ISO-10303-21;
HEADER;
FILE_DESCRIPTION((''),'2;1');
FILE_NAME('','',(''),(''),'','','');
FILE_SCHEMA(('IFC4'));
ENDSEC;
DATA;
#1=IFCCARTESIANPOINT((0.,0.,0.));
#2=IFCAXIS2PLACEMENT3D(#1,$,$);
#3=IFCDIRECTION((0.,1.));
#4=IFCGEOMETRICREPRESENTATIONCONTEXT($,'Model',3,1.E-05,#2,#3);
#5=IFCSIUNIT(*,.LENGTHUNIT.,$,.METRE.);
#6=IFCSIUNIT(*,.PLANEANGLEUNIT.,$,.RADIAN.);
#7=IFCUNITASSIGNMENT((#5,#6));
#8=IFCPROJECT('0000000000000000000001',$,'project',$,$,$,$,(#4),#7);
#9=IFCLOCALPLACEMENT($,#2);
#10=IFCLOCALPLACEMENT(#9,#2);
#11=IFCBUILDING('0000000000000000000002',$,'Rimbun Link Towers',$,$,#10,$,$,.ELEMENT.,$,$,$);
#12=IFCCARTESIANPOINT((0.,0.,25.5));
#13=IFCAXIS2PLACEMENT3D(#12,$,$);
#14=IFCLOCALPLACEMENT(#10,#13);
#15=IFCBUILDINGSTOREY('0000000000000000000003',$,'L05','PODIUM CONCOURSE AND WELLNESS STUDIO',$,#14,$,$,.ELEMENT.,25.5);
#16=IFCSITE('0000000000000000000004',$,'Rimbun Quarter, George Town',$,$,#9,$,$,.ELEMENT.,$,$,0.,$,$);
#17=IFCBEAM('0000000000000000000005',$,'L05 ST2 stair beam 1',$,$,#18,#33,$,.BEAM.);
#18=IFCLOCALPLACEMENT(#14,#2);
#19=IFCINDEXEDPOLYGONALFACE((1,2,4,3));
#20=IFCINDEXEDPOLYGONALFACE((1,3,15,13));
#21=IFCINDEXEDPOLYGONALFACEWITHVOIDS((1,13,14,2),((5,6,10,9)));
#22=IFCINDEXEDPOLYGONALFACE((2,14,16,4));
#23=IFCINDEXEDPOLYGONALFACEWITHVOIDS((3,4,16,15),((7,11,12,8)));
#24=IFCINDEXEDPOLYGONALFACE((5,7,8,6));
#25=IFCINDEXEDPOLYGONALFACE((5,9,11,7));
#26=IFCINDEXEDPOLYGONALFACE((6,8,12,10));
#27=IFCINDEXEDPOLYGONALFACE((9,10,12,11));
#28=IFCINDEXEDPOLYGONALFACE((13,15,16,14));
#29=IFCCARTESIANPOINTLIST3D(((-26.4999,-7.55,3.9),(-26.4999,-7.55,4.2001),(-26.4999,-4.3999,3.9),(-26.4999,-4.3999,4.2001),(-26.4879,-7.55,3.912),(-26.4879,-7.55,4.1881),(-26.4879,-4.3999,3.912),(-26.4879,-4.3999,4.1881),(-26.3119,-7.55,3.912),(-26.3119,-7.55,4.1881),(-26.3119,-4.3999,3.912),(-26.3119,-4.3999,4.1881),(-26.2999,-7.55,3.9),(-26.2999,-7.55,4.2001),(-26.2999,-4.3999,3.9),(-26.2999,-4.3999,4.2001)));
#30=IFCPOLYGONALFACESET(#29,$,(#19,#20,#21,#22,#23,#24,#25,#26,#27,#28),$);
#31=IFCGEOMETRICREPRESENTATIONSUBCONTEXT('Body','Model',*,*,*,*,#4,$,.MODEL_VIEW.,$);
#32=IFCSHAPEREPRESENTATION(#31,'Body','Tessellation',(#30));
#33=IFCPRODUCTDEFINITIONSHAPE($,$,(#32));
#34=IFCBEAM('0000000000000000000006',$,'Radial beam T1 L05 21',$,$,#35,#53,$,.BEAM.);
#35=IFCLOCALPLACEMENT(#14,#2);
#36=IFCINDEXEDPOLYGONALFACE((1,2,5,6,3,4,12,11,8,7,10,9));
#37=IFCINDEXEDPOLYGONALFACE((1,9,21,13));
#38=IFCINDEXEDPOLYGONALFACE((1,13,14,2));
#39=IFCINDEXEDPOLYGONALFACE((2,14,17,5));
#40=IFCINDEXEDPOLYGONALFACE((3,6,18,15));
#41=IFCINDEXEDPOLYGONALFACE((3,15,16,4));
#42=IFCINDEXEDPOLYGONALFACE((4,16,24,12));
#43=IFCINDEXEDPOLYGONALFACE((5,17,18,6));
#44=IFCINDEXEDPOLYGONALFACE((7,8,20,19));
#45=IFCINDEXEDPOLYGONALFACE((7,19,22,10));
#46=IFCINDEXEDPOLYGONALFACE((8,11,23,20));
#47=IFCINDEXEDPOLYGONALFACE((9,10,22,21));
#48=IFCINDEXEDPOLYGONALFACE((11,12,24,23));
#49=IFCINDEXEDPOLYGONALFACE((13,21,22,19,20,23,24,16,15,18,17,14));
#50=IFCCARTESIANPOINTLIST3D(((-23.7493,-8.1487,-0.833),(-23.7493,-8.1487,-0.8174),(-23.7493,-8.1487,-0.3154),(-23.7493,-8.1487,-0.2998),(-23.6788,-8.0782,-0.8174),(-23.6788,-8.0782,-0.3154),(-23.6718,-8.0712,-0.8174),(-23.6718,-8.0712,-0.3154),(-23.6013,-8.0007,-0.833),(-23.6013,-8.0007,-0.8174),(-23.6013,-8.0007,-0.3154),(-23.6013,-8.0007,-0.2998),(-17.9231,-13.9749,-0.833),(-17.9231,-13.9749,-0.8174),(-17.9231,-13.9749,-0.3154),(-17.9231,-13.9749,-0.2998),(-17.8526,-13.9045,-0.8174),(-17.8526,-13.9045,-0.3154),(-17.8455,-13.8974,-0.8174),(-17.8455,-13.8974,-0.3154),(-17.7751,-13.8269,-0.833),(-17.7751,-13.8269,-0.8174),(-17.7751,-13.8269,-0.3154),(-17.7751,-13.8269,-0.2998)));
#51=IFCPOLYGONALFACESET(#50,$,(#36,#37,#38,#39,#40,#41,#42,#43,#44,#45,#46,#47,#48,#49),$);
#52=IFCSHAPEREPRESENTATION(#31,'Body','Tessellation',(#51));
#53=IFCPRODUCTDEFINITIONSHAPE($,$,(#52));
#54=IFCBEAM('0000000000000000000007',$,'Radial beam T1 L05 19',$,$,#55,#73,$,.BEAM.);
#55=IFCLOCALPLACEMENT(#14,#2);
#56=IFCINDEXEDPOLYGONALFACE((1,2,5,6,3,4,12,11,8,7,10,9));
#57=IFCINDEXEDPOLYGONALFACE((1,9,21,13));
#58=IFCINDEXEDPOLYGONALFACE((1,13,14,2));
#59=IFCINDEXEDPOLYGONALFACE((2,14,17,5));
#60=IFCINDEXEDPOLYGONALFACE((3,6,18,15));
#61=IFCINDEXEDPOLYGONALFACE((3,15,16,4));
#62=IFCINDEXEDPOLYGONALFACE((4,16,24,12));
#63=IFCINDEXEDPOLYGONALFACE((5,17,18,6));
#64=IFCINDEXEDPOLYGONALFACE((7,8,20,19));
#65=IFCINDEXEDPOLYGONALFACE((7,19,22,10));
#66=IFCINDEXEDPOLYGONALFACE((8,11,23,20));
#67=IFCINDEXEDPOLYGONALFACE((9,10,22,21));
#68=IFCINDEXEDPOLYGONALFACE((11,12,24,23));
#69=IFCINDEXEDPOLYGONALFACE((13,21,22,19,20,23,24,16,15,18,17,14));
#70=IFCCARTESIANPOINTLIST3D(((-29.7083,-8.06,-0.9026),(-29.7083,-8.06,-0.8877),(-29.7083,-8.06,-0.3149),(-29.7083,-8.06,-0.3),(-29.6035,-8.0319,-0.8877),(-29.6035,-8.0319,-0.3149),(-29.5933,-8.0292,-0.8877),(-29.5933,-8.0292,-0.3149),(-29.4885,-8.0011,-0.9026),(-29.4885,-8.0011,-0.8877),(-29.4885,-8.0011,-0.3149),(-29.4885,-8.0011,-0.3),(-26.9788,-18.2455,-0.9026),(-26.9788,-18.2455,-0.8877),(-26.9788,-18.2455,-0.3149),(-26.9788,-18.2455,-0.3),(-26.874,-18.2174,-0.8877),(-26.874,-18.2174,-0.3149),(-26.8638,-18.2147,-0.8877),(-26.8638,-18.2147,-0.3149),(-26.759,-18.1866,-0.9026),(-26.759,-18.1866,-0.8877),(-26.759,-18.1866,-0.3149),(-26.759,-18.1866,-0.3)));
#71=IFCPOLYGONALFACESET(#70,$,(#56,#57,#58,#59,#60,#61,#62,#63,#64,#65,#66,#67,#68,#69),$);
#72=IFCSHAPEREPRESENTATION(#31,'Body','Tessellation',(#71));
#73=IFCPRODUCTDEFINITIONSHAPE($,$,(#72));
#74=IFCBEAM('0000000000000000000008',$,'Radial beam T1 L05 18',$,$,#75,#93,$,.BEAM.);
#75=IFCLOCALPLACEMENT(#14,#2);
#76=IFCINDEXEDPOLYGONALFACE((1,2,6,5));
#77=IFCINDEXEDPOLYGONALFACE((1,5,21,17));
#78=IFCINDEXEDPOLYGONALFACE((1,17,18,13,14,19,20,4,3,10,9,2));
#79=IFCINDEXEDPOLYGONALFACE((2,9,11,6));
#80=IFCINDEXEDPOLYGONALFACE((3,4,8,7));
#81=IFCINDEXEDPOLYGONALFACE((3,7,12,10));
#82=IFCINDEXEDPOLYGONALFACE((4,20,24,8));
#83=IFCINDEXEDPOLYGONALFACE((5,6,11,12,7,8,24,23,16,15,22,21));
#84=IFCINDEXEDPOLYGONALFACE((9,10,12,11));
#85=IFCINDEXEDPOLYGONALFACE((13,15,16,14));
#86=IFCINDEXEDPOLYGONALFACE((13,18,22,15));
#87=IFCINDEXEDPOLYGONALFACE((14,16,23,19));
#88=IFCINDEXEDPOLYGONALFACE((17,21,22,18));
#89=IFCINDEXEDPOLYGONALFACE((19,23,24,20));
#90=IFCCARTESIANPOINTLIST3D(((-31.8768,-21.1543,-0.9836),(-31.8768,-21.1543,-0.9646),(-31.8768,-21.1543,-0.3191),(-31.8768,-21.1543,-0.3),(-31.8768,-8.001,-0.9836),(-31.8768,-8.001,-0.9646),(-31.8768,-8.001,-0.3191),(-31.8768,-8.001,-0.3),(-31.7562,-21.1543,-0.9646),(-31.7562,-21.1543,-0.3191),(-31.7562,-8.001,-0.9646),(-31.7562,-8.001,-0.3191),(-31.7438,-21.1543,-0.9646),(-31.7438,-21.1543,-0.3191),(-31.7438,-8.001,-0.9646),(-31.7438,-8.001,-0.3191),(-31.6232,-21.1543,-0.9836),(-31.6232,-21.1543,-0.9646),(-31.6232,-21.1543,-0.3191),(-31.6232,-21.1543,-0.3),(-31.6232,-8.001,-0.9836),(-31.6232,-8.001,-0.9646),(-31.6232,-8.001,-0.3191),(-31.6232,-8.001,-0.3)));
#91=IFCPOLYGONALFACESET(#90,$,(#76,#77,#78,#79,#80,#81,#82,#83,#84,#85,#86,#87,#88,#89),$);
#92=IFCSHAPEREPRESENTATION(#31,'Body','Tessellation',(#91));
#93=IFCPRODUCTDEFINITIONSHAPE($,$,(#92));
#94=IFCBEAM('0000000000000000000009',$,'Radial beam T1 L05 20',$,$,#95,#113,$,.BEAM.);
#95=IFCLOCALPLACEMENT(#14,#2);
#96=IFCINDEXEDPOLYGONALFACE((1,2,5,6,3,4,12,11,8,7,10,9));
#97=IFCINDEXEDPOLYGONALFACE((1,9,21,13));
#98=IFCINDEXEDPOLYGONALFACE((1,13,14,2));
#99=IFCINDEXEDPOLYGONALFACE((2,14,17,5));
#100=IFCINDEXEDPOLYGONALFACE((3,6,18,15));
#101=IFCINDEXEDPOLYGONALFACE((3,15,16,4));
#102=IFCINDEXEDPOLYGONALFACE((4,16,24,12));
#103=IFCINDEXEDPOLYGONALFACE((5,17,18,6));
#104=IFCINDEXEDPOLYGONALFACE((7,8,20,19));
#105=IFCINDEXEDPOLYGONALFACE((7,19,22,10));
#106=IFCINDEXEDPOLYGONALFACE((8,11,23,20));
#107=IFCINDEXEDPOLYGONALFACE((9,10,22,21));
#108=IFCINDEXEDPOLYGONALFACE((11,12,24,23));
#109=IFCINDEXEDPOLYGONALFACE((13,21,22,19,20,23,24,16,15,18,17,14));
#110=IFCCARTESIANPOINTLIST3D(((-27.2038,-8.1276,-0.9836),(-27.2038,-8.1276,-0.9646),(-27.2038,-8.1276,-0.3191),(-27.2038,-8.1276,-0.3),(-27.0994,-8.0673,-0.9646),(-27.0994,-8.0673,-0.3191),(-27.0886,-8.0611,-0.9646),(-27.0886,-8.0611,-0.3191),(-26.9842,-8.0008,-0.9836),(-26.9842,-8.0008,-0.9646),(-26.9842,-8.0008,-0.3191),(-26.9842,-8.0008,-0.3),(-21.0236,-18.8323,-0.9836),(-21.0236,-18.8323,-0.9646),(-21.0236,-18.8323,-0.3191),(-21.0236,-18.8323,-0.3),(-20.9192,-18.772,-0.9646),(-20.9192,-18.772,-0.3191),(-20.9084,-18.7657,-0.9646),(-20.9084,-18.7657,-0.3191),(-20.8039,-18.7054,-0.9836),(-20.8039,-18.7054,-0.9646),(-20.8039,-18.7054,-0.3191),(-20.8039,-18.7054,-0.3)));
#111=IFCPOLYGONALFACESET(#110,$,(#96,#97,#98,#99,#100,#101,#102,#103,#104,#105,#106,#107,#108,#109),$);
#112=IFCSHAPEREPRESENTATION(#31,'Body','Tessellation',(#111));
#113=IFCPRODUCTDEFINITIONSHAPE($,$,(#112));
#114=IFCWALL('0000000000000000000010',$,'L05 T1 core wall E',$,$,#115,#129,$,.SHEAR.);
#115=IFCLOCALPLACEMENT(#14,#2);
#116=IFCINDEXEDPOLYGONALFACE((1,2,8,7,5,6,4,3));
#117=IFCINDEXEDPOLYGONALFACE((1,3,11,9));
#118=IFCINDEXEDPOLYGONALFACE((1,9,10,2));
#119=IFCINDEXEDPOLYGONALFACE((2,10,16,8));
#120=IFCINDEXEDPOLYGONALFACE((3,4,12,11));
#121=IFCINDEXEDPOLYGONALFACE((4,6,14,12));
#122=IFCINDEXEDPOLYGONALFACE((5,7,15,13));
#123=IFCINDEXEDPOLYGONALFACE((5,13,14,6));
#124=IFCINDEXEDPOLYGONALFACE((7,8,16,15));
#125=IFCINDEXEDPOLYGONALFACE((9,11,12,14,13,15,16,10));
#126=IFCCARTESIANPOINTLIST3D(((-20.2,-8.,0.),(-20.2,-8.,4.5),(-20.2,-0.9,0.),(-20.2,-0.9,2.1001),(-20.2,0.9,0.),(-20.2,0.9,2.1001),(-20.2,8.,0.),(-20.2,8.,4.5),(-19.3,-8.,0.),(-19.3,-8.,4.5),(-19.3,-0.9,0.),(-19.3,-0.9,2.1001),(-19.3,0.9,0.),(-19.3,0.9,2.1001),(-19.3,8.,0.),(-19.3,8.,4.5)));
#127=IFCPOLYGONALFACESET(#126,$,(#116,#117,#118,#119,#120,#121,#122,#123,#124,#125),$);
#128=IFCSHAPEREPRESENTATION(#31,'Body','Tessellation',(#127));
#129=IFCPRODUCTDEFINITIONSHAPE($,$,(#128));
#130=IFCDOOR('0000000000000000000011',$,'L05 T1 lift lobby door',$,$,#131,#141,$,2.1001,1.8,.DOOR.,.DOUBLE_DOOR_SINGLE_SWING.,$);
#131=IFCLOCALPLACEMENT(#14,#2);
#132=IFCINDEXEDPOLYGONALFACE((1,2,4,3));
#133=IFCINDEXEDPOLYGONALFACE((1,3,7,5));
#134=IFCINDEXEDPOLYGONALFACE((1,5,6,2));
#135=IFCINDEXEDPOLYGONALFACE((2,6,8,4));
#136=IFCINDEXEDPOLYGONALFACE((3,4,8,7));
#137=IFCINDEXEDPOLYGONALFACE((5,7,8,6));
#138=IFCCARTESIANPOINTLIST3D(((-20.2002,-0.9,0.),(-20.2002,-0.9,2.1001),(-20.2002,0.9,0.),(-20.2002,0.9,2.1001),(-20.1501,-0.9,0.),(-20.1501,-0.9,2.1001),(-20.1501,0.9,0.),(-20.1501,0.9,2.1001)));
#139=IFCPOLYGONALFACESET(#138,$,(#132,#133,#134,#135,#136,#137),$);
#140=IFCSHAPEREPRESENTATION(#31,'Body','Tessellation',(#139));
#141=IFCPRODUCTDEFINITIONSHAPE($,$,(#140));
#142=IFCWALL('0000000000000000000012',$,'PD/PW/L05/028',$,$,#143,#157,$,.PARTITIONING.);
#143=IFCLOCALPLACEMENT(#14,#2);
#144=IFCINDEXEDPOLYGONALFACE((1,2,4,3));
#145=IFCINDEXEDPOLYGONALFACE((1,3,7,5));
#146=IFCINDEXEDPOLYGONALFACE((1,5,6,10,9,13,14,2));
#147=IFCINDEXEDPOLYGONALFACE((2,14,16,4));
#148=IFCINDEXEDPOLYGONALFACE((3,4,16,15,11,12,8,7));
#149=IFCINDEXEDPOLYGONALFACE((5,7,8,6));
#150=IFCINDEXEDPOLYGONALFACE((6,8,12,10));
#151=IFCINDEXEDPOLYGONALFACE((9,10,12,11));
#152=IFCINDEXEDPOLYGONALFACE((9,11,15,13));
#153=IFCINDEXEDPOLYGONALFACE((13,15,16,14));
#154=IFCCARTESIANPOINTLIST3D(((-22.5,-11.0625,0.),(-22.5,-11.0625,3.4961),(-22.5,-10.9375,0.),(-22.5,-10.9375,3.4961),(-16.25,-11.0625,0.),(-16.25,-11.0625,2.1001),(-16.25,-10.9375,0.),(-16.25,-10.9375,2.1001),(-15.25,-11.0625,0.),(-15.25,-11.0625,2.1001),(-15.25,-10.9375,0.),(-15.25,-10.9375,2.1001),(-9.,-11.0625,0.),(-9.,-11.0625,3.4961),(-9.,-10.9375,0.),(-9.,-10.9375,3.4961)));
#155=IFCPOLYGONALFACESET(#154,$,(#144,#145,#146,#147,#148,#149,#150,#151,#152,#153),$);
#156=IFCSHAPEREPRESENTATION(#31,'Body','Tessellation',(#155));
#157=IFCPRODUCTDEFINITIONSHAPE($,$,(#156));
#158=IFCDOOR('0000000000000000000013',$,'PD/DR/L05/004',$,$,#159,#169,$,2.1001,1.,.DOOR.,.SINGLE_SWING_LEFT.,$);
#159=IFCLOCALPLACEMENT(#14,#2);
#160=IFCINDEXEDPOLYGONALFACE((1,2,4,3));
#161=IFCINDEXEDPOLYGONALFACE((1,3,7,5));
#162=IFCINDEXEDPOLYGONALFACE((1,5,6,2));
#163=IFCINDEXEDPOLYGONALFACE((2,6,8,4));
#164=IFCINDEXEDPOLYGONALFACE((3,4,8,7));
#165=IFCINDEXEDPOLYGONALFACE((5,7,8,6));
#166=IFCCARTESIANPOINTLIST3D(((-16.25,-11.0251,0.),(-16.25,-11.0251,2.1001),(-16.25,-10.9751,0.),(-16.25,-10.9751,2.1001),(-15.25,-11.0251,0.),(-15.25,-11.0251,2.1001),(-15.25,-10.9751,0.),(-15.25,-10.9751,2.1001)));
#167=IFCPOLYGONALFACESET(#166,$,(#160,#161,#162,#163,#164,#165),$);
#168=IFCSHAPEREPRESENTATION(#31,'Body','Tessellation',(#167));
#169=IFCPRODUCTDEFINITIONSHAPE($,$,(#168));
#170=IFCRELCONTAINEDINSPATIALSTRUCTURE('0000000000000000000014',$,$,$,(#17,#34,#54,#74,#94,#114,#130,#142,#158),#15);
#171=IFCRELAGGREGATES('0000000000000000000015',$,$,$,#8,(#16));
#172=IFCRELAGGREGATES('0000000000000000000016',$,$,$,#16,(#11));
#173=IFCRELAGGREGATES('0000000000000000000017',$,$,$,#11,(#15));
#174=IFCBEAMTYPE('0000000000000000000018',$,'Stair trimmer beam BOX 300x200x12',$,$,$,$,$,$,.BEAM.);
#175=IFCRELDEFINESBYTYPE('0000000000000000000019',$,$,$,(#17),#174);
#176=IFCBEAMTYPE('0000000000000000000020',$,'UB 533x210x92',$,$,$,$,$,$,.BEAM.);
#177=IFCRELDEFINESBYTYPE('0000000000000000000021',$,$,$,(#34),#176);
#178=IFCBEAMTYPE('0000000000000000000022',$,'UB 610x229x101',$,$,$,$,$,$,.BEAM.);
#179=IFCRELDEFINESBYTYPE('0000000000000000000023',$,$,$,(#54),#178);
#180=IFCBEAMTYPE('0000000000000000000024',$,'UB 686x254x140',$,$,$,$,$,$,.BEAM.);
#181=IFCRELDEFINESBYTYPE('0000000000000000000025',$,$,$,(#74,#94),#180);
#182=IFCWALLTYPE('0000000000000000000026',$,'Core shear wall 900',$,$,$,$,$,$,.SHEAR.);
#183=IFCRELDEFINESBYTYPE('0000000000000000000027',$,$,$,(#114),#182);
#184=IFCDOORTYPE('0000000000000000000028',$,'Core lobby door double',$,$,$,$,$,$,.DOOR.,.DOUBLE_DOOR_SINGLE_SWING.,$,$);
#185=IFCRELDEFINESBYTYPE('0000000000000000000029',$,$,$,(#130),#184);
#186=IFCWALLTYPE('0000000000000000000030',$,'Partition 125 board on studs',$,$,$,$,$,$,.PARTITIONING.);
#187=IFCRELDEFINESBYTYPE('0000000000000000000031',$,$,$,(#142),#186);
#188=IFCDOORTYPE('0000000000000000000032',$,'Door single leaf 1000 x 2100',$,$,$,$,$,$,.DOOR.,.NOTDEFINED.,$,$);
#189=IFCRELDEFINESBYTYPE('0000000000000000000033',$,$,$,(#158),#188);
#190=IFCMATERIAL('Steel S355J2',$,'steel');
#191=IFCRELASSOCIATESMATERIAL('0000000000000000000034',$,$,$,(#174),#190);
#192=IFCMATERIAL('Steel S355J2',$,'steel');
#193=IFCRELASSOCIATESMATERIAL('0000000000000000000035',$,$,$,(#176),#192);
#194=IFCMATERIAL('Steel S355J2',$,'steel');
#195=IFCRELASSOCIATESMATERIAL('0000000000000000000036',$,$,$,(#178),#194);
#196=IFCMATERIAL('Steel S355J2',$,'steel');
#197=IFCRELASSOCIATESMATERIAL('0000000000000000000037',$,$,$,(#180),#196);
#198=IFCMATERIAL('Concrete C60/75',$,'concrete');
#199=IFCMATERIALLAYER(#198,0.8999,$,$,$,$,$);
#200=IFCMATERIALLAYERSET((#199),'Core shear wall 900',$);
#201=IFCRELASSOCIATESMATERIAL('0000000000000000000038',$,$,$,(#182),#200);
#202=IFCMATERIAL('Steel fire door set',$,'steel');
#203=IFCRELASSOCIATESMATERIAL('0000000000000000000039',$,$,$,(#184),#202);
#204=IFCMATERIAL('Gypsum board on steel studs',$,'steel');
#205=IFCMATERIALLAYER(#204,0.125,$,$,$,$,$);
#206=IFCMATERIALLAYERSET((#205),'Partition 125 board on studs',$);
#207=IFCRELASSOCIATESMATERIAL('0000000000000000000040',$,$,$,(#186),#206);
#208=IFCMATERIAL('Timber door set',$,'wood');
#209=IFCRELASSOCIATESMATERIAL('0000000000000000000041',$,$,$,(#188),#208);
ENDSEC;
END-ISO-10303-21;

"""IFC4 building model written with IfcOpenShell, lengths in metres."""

from ifc_helpers import new_model, si_unit, direction, frame, frame_2d, origin, origin_2d, place, context, subcontext, project, spatial, rectangle, hollow_rectangle, i_section, extrude, material, layer, layer_set, material_profile, profile_set, type_object, element, fill, save


model = new_model("IFC4")

# Units and contexts
model_context = context("Model", 3, precision=1e-05, world=origin(), true_north=direction((0.0, 1.0)))
body_context = subcontext(model_context, "Body", "Model", "MODEL_VIEW")
ifc_project = project(units=[si_unit("LENGTHUNIT", "METRE"), si_unit("PLANEANGLEUNIT", "RADIAN")], contexts=[model_context])

# Site, building, storey
site_placement = place(None, origin())
site = spatial("IfcSite", under=ifc_project, at=site_placement, Name="Rimbun Quarter, George Town", CompositionType="ELEMENT", RefElevation=0.0)
building_placement = place(site_placement, origin())
building = spatial("IfcBuilding", under=site, at=building_placement, Name="Rimbun Link Towers", CompositionType="ELEMENT")
storey_placement = place(building_placement, frame((0.0, 0.0, 25.5)))
storey = spatial("IfcBuildingStorey", under=building, at=storey_placement, Name="L05", Description="PODIUM CONCOURSE AND WELLNESS STUDIO", CompositionType="ELEMENT", Elevation=25.5)

# Beams
ifc_material_1 = material(Name="Steel S355J2", Category="steel")
ifc_material_profile_1 = material_profile(ifc_material_1, hollow_rectangle(XDim=0.2, YDim=0.3, WallThickness=0.012, at=origin_2d()), Name="BOX 300x200x12")
ifc_profile_set_1 = profile_set([ifc_material_profile_1], Name="Steel S355J2")
beam_type_1 = type_object("IfcBeamType", Name="Stair trimmer beam BOX 300x200x12", PredefinedType="BEAM", material=ifc_profile_set_1)
beam_1_placement = place(storey_placement, frame((-26.3999, -7.55, 4.05), z_axis=(0.0, 1.0, 0.0), x_axis=(-1.0, 0.0, 0.0)))
element("IfcBeam", 1, at=beam_1_placement, inside=storey, type_object=beam_type_1, Name="L05 ST2 stair beam 1", PredefinedType="BEAM", context=body_context, shape_type="SweptSolid", body=[
    extrude(hollow_rectangle(XDim=0.2, YDim=0.3, WallThickness=0.012, at=origin_2d()), origin(), (0.0, 0.0, 1.0), 3.1501),
])
ifc_material_2 = material(Name="Steel S355J2", Category="steel")
ifc_material_profile_2 = material_profile(ifc_material_2, i_section(OverallWidth=0.2092, OverallDepth=0.5332, WebThickness=0.01, FlangeThickness=0.0156, at=origin_2d()), Name="UB 533x210x92")
ifc_profile_set_2 = profile_set([ifc_material_profile_2], Name="Steel S355J2")
beam_type_2 = type_object("IfcBeamType", Name="UB 533x210x92", PredefinedType="BEAM", material=ifc_profile_set_2)
beam_2_placement = place(storey_placement, frame((-23.6753, -8.0747, -0.5664), z_axis=(0.707107, -0.707107, 0.0), x_axis=(0.707107, 0.707107, 0.0)))
element("IfcBeam", 2, at=beam_2_placement, inside=storey, type_object=beam_type_2, Name="Radial beam T1 L05 21", PredefinedType="BEAM", context=body_context, shape_type="SweptSolid", body=[
    extrude(i_section(OverallWidth=0.2092, OverallDepth=0.5332, WebThickness=0.01, FlangeThickness=0.0156, at=origin_2d()), origin(), (0.0, 0.0, 1.0), 8.2395),
])
ifc_material_3 = material(Name="Steel S355J2", Category="steel")
ifc_material_profile_3 = material_profile(ifc_material_3, i_section(OverallWidth=0.2275, OverallDepth=0.6025, WebThickness=0.0105, FlangeThickness=0.0149, at=origin_2d()), Name="UB 610x229x101")
ifc_profile_set_3 = profile_set([ifc_material_profile_3], Name="Steel S355J2")
beam_type_3 = type_object("IfcBeamType", Name="UB 610x229x101", PredefinedType="BEAM", material=ifc_profile_set_3)
beam_3_placement = place(storey_placement, frame((-29.5984, -8.0305, -0.6013), z_axis=(0.258844, -0.965919, 0.0), x_axis=(0.965919, 0.258844, 0.0)))
element("IfcBeam", 3, at=beam_3_placement, inside=storey, type_object=beam_type_3, Name="Radial beam T1 L05 19", PredefinedType="BEAM", context=body_context, shape_type="SweptSolid", body=[
    extrude(i_section(OverallWidth=0.2275, OverallDepth=0.6025, WebThickness=0.0105, FlangeThickness=0.0149, at=origin_2d()), origin(), (0.0, 0.0, 1.0), 10.5449),
])
ifc_material_4 = material(Name="Steel S355J2", Category="steel")
ifc_material_profile_4 = material_profile(ifc_material_4, i_section(OverallWidth=0.2537, OverallDepth=0.6836, WebThickness=0.0125, FlangeThickness=0.019, at=origin_2d()), Name="UB 686x254x140")
ifc_profile_set_4 = profile_set([ifc_material_profile_4], Name="Steel S355J2")
beam_type_4 = type_object("IfcBeamType", Name="UB 686x254x140", PredefinedType="BEAM", material=ifc_profile_set_4)
beam_4_placement = place(storey_placement, frame((-31.75, -8.001, -0.6418), z_axis=(0.0, -1.0, 0.0), x_axis=(1.0, 0.0, 0.0)))
element("IfcBeam", 4, at=beam_4_placement, inside=storey, type_object=beam_type_4, Name="Radial beam T1 L05 18", PredefinedType="BEAM", context=body_context, shape_type="SweptSolid", body=[
    extrude(i_section(OverallWidth=0.2537, OverallDepth=0.6836, WebThickness=0.0125, FlangeThickness=0.019, at=origin_2d()), origin(), (0.0, 0.0, 1.0), 13.1533),
])
beam_5_placement = place(storey_placement, frame((-27.094, -8.0642, -0.6418), z_axis=(0.499993, -0.86603, 0.0), x_axis=(0.86603, 0.499993, 0.0)))
element("IfcBeam", 5, at=beam_5_placement, inside=storey, type_object=beam_type_4, Name="Radial beam T1 L05 20", PredefinedType="BEAM", context=body_context, shape_type="SweptSolid", body=[
    extrude(i_section(OverallWidth=0.2537, OverallDepth=0.6836, WebThickness=0.0125, FlangeThickness=0.019, at=origin_2d()), origin(), (0.0, 0.0, 1.0), 12.3606),
])

# Walls, openings, doors
ifc_material_5 = material(Name="Concrete C60/75", Category="concrete")
ifc_layer_1 = layer(ifc_material_5, 0.8999)
ifc_layer_set_1 = layer_set([ifc_layer_1], Name="Core shear wall 900")
wall_type_1 = type_object("IfcWallType", Name="Core shear wall 900", PredefinedType="SHEAR", material=ifc_layer_set_1)
wall_1_placement = place(storey_placement, frame((-19.75, -8.0, 0.0), z_axis=(0.0, 0.0, 1.0), x_axis=(0.0, 1.0, 0.0)))
wall_1 = element("IfcWall", 6, at=wall_1_placement, inside=storey, type_object=wall_type_1, Name="L05 T1 core wall E", PredefinedType="SHEAR", context=body_context, shape_type="SweptSolid", body=[
    extrude(rectangle(XDim=16.0, YDim=0.8999, at=frame_2d((8.0, 0.0))), origin(), (0.0, 0.0, 1.0), 4.5),
])
opening_1_placement = place(wall_1_placement, frame((7.1001, 0.0, 0.0)))
opening_1 = element("IfcOpeningElement", 7, at=opening_1_placement, cuts=wall_1, PredefinedType="OPENING", context=body_context, shape_type="SweptSolid", body=[
    extrude(rectangle(XDim=1.8, YDim=2.1001, at=frame_2d((0.8999, 1.05))), frame((0.0, 0.46, 0.0), z_axis=(0.0, -1.0, 0.0), x_axis=(1.0, 0.0, 0.0)), (0.0, 0.0, 1.0), 0.9199),
])
ifc_material_6 = material(Name="Steel fire door set", Category="steel")
door_type_1 = type_object("IfcDoorType", Name="Core lobby door double", OperationType="DOUBLE_DOOR_SINGLE_SWING", PredefinedType="DOOR", material=ifc_material_6)
door_1_placement = place(opening_1_placement, origin())
door_1 = element("IfcDoor", 8, at=door_1_placement, inside=storey, type_object=door_type_1, Name="L05 T1 lift lobby door", OperationType="DOUBLE_DOOR_SINGLE_SWING", OverallHeight=2.1001, OverallWidth=1.8, PredefinedType="DOOR", context=body_context, shape_type="SweptSolid", body=[
    extrude(rectangle(XDim=1.8, YDim=2.1001, at=frame_2d((0.8999, 1.05))), frame((0.0, 0.4502, 0.0), z_axis=(0.0, -1.0, 0.0), x_axis=(1.0, 0.0, 0.0)), (0.0, 0.0, 1.0), 0.05),
])
fill(opening_1, door_1)
ifc_material_7 = material(Name="Gypsum board on steel studs", Category="steel")
ifc_layer_2 = layer(ifc_material_7, 0.125)
ifc_layer_set_2 = layer_set([ifc_layer_2], Name="Partition 125 board on studs")
wall_type_2 = type_object("IfcWallType", Name="Partition 125 board on studs", PredefinedType="PARTITIONING", material=ifc_layer_set_2)
wall_2_placement = place(storey_placement, frame((-22.5, -11.0, 0.0), z_axis=(0.0, 0.0, 1.0), x_axis=(1.0, 0.0, 0.0)))
wall_2 = element("IfcWall", 9, at=wall_2_placement, inside=storey, type_object=wall_type_2, Name="PD/PW/L05/028", PredefinedType="PARTITIONING", context=body_context, shape_type="SweptSolid", body=[
    extrude(rectangle(XDim=13.5, YDim=0.125, at=frame_2d((6.75, 0.0))), origin(), (0.0, 0.0, 1.0), 3.4961),
])
opening_2_placement = place(wall_2_placement, frame((6.25, 0.0, 0.0)))
opening_2 = element("IfcOpeningElement", 10, at=opening_2_placement, cuts=wall_2, PredefinedType="OPENING", context=body_context, shape_type="SweptSolid", body=[
    extrude(rectangle(XDim=1.0, YDim=2.1001, at=frame_2d((0.5, 1.05))), frame((0.0, 0.0725, 0.0), z_axis=(0.0, -1.0, 0.0), x_axis=(1.0, 0.0, 0.0)), (0.0, 0.0, 1.0), 0.145),
])
ifc_material_8 = material(Name="Timber door set", Category="wood")
door_type_2 = type_object("IfcDoorType", Name="Door single leaf 1000 x 2100", OperationType="NOTDEFINED", PredefinedType="DOOR", material=ifc_material_8)
door_2_placement = place(opening_2_placement, origin())
door_2 = element("IfcDoor", 11, at=door_2_placement, inside=storey, type_object=door_type_2, Name="PD/DR/L05/004", OperationType="SINGLE_SWING_LEFT", OverallHeight=2.1001, OverallWidth=1.0, PredefinedType="DOOR", context=body_context, shape_type="SweptSolid", body=[
    extrude(rectangle(XDim=1.0, YDim=2.1001, at=frame_2d((0.5, 1.05))), frame((0.0, 0.0249, 0.0), z_axis=(0.0, -1.0, 0.0), x_axis=(1.0, 0.0, 0.0)), (0.0, 0.0, 1.0), 0.05),
])
fill(opening_2, door_2)

save(model, "model.ifc")
